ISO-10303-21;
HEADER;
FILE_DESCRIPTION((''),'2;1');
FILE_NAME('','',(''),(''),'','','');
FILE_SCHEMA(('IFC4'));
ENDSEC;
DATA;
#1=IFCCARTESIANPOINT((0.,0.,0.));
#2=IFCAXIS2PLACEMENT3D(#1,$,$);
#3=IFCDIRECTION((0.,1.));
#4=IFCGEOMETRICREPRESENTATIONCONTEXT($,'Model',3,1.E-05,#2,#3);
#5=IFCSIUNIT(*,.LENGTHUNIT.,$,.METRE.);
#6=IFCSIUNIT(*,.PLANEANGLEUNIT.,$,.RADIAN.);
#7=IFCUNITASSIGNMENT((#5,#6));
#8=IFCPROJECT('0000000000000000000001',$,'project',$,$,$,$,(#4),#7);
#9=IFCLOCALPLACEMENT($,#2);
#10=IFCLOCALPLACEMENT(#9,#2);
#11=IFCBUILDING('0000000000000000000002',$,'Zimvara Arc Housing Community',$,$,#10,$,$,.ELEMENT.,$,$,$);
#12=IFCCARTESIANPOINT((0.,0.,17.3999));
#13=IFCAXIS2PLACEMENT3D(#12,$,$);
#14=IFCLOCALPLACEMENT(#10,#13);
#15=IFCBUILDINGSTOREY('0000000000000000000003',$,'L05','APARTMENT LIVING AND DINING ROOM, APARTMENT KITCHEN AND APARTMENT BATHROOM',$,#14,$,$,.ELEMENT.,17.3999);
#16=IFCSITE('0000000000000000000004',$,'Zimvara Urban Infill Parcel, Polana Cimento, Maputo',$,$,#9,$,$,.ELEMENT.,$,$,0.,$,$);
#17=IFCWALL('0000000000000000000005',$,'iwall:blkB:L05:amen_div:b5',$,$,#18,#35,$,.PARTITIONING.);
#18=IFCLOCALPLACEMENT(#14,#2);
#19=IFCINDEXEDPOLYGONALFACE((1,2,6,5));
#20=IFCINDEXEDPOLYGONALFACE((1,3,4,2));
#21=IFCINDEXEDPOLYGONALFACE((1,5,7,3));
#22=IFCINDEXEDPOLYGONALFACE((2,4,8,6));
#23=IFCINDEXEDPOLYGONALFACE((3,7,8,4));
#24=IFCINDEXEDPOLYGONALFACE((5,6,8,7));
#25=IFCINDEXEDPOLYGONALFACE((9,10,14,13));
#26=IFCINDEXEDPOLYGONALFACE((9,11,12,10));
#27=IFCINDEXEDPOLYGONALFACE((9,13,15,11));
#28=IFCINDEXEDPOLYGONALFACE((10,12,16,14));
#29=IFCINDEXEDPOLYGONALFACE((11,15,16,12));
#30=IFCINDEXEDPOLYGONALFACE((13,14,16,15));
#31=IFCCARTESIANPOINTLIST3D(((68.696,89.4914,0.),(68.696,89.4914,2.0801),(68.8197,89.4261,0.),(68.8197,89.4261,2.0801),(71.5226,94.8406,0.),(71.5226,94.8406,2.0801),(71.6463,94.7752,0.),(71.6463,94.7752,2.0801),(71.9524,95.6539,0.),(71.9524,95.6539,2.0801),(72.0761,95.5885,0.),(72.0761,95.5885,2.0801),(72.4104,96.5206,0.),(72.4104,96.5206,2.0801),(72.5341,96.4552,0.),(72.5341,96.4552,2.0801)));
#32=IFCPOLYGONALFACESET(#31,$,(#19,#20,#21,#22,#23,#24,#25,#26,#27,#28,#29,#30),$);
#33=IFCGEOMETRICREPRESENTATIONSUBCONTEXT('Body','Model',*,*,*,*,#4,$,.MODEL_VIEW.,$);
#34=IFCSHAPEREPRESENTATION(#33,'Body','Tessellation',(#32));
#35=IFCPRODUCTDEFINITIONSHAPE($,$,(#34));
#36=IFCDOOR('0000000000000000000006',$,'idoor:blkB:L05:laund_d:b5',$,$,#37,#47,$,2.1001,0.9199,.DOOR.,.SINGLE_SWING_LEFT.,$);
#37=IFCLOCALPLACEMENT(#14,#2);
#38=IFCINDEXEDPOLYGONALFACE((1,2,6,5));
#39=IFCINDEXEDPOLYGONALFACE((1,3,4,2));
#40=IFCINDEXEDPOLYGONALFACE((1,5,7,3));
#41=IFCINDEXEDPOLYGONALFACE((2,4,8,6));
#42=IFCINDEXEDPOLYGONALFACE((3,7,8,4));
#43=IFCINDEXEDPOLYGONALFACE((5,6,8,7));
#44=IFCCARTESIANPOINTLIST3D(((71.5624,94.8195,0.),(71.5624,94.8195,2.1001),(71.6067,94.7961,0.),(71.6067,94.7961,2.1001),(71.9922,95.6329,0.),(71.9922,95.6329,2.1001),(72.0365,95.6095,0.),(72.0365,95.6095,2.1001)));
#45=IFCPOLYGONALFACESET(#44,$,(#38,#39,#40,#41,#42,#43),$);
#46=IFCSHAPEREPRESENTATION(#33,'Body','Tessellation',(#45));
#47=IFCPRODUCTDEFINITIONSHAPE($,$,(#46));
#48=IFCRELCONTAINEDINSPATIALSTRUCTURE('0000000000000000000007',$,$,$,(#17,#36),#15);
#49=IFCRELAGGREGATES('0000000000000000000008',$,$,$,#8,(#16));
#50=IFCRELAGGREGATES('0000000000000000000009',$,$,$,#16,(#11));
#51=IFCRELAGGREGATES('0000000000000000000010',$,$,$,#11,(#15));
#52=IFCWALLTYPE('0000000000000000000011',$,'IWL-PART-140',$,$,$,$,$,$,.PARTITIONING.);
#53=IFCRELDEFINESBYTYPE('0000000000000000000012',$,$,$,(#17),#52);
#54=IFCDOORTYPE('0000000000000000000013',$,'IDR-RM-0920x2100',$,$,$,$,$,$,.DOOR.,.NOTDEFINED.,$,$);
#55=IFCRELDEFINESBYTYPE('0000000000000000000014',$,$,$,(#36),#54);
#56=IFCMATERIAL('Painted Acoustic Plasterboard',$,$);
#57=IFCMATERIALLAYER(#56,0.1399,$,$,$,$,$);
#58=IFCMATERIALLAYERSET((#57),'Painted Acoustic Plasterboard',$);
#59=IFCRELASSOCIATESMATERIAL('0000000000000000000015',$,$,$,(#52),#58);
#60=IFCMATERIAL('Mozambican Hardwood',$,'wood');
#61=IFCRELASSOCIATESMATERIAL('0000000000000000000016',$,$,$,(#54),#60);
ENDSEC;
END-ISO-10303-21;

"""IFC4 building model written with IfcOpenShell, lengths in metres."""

from ifc_helpers import new_model, si_unit, direction, frame, frame_2d, origin, place, context, subcontext, project, spatial, rectangle, extrude, material, layer, layer_set, type_object, element, fill, save


model = new_model("IFC4")

# Units and contexts
model_context = context("Model", 3, precision=1e-05, world=origin(), true_north=direction((0.0, 1.0)))
body_context = subcontext(model_context, "Body", "Model", "MODEL_VIEW")
ifc_project = project(units=[si_unit("LENGTHUNIT", "METRE"), si_unit("PLANEANGLEUNIT", "RADIAN")], contexts=[model_context])

# Site, building, storey
site_placement = place(None, origin())
site = spatial("IfcSite", under=ifc_project, at=site_placement, Name="Zimvara Urban Infill Parcel, Polana Cimento, Maputo", CompositionType="ELEMENT", RefElevation=0.0)
building_placement = place(site_placement, origin())
building = spatial("IfcBuilding", under=site, at=building_placement, Name="Zimvara Arc Housing Community", CompositionType="ELEMENT")
storey_placement = place(building_placement, frame((0.0, 0.0, 17.3999)))
storey = spatial("IfcBuildingStorey", under=building, at=storey_placement, Name="L05", Description="APARTMENT LIVING AND DINING ROOM, APARTMENT KITCHEN AND APARTMENT BATHROOM", CompositionType="ELEMENT", Elevation=17.3999)

# Wall, opening, door
ifc_material_1 = material(Name="Painted Acoustic Plasterboard")
ifc_layer_1 = layer(ifc_material_1, 0.1399)
ifc_layer_set_1 = layer_set([ifc_layer_1], Name="Painted Acoustic Plasterboard")
wall_type_1 = type_object("IfcWallType", Name="IWL-PART-140", PredefinedType="PARTITIONING", material=ifc_layer_set_1)
wall_1_placement = place(storey_placement, frame((68.7578, 89.4587, 0.0), z_axis=(0.0, 0.0, 1.0), x_axis=(0.467209, 0.884147, 0.0)))
wall_1 = element("IfcWall", 1, at=wall_1_placement, inside=storey, type_object=wall_type_1, Name="iwall:blkB:L05:amen_div:b5", PredefinedType="PARTITIONING", context=body_context, shape_type="SweptSolid", body=[
    extrude(rectangle(XDim=7.9502, YDim=0.1399, at=frame_2d((3.9751, 0.0))), origin(), (0.0, 0.0, 1.0), 2.0801),
])
opening_1_placement = place(wall_1_placement, frame((6.05, 0.0, 0.0)))
opening_1 = element("IfcOpeningElement", 2, at=opening_1_placement, cuts=wall_1, PredefinedType="OPENING", context=body_context, shape_type="SweptSolid", body=[
    extrude(rectangle(XDim=0.9199, YDim=2.1001, at=frame_2d((0.46, 1.05))), frame((0.0, 0.0798, 0.0), z_axis=(0.0, -1.0, 0.0), x_axis=(1.0, 0.0, 0.0)), (0.0, 0.0, 1.0), 0.1599),
])
ifc_material_2 = material(Name="Mozambican Hardwood", Category="wood")
door_type_1 = type_object("IfcDoorType", Name="IDR-RM-0920x2100", OperationType="NOTDEFINED", PredefinedType="DOOR", material=ifc_material_2)
door_1_placement = place(opening_1_placement, origin())
door_1 = element("IfcDoor", 3, at=door_1_placement, inside=storey, type_object=door_type_1, Name="idoor:blkB:L05:laund_d:b5", OperationType="SINGLE_SWING_LEFT", OverallHeight=2.1001, OverallWidth=0.9199, PredefinedType="DOOR", context=body_context, shape_type="SweptSolid", body=[
    extrude(rectangle(XDim=0.9199, YDim=2.1001, at=frame_2d((0.46, 1.05))), frame((0.0, 0.0249, 0.0), z_axis=(0.0, -1.0, 0.0), x_axis=(1.0, 0.0, 0.0)), (0.0, 0.0, 1.0), 0.05),
])
fill(opening_1, door_1)

save(model, "model.ifc")
